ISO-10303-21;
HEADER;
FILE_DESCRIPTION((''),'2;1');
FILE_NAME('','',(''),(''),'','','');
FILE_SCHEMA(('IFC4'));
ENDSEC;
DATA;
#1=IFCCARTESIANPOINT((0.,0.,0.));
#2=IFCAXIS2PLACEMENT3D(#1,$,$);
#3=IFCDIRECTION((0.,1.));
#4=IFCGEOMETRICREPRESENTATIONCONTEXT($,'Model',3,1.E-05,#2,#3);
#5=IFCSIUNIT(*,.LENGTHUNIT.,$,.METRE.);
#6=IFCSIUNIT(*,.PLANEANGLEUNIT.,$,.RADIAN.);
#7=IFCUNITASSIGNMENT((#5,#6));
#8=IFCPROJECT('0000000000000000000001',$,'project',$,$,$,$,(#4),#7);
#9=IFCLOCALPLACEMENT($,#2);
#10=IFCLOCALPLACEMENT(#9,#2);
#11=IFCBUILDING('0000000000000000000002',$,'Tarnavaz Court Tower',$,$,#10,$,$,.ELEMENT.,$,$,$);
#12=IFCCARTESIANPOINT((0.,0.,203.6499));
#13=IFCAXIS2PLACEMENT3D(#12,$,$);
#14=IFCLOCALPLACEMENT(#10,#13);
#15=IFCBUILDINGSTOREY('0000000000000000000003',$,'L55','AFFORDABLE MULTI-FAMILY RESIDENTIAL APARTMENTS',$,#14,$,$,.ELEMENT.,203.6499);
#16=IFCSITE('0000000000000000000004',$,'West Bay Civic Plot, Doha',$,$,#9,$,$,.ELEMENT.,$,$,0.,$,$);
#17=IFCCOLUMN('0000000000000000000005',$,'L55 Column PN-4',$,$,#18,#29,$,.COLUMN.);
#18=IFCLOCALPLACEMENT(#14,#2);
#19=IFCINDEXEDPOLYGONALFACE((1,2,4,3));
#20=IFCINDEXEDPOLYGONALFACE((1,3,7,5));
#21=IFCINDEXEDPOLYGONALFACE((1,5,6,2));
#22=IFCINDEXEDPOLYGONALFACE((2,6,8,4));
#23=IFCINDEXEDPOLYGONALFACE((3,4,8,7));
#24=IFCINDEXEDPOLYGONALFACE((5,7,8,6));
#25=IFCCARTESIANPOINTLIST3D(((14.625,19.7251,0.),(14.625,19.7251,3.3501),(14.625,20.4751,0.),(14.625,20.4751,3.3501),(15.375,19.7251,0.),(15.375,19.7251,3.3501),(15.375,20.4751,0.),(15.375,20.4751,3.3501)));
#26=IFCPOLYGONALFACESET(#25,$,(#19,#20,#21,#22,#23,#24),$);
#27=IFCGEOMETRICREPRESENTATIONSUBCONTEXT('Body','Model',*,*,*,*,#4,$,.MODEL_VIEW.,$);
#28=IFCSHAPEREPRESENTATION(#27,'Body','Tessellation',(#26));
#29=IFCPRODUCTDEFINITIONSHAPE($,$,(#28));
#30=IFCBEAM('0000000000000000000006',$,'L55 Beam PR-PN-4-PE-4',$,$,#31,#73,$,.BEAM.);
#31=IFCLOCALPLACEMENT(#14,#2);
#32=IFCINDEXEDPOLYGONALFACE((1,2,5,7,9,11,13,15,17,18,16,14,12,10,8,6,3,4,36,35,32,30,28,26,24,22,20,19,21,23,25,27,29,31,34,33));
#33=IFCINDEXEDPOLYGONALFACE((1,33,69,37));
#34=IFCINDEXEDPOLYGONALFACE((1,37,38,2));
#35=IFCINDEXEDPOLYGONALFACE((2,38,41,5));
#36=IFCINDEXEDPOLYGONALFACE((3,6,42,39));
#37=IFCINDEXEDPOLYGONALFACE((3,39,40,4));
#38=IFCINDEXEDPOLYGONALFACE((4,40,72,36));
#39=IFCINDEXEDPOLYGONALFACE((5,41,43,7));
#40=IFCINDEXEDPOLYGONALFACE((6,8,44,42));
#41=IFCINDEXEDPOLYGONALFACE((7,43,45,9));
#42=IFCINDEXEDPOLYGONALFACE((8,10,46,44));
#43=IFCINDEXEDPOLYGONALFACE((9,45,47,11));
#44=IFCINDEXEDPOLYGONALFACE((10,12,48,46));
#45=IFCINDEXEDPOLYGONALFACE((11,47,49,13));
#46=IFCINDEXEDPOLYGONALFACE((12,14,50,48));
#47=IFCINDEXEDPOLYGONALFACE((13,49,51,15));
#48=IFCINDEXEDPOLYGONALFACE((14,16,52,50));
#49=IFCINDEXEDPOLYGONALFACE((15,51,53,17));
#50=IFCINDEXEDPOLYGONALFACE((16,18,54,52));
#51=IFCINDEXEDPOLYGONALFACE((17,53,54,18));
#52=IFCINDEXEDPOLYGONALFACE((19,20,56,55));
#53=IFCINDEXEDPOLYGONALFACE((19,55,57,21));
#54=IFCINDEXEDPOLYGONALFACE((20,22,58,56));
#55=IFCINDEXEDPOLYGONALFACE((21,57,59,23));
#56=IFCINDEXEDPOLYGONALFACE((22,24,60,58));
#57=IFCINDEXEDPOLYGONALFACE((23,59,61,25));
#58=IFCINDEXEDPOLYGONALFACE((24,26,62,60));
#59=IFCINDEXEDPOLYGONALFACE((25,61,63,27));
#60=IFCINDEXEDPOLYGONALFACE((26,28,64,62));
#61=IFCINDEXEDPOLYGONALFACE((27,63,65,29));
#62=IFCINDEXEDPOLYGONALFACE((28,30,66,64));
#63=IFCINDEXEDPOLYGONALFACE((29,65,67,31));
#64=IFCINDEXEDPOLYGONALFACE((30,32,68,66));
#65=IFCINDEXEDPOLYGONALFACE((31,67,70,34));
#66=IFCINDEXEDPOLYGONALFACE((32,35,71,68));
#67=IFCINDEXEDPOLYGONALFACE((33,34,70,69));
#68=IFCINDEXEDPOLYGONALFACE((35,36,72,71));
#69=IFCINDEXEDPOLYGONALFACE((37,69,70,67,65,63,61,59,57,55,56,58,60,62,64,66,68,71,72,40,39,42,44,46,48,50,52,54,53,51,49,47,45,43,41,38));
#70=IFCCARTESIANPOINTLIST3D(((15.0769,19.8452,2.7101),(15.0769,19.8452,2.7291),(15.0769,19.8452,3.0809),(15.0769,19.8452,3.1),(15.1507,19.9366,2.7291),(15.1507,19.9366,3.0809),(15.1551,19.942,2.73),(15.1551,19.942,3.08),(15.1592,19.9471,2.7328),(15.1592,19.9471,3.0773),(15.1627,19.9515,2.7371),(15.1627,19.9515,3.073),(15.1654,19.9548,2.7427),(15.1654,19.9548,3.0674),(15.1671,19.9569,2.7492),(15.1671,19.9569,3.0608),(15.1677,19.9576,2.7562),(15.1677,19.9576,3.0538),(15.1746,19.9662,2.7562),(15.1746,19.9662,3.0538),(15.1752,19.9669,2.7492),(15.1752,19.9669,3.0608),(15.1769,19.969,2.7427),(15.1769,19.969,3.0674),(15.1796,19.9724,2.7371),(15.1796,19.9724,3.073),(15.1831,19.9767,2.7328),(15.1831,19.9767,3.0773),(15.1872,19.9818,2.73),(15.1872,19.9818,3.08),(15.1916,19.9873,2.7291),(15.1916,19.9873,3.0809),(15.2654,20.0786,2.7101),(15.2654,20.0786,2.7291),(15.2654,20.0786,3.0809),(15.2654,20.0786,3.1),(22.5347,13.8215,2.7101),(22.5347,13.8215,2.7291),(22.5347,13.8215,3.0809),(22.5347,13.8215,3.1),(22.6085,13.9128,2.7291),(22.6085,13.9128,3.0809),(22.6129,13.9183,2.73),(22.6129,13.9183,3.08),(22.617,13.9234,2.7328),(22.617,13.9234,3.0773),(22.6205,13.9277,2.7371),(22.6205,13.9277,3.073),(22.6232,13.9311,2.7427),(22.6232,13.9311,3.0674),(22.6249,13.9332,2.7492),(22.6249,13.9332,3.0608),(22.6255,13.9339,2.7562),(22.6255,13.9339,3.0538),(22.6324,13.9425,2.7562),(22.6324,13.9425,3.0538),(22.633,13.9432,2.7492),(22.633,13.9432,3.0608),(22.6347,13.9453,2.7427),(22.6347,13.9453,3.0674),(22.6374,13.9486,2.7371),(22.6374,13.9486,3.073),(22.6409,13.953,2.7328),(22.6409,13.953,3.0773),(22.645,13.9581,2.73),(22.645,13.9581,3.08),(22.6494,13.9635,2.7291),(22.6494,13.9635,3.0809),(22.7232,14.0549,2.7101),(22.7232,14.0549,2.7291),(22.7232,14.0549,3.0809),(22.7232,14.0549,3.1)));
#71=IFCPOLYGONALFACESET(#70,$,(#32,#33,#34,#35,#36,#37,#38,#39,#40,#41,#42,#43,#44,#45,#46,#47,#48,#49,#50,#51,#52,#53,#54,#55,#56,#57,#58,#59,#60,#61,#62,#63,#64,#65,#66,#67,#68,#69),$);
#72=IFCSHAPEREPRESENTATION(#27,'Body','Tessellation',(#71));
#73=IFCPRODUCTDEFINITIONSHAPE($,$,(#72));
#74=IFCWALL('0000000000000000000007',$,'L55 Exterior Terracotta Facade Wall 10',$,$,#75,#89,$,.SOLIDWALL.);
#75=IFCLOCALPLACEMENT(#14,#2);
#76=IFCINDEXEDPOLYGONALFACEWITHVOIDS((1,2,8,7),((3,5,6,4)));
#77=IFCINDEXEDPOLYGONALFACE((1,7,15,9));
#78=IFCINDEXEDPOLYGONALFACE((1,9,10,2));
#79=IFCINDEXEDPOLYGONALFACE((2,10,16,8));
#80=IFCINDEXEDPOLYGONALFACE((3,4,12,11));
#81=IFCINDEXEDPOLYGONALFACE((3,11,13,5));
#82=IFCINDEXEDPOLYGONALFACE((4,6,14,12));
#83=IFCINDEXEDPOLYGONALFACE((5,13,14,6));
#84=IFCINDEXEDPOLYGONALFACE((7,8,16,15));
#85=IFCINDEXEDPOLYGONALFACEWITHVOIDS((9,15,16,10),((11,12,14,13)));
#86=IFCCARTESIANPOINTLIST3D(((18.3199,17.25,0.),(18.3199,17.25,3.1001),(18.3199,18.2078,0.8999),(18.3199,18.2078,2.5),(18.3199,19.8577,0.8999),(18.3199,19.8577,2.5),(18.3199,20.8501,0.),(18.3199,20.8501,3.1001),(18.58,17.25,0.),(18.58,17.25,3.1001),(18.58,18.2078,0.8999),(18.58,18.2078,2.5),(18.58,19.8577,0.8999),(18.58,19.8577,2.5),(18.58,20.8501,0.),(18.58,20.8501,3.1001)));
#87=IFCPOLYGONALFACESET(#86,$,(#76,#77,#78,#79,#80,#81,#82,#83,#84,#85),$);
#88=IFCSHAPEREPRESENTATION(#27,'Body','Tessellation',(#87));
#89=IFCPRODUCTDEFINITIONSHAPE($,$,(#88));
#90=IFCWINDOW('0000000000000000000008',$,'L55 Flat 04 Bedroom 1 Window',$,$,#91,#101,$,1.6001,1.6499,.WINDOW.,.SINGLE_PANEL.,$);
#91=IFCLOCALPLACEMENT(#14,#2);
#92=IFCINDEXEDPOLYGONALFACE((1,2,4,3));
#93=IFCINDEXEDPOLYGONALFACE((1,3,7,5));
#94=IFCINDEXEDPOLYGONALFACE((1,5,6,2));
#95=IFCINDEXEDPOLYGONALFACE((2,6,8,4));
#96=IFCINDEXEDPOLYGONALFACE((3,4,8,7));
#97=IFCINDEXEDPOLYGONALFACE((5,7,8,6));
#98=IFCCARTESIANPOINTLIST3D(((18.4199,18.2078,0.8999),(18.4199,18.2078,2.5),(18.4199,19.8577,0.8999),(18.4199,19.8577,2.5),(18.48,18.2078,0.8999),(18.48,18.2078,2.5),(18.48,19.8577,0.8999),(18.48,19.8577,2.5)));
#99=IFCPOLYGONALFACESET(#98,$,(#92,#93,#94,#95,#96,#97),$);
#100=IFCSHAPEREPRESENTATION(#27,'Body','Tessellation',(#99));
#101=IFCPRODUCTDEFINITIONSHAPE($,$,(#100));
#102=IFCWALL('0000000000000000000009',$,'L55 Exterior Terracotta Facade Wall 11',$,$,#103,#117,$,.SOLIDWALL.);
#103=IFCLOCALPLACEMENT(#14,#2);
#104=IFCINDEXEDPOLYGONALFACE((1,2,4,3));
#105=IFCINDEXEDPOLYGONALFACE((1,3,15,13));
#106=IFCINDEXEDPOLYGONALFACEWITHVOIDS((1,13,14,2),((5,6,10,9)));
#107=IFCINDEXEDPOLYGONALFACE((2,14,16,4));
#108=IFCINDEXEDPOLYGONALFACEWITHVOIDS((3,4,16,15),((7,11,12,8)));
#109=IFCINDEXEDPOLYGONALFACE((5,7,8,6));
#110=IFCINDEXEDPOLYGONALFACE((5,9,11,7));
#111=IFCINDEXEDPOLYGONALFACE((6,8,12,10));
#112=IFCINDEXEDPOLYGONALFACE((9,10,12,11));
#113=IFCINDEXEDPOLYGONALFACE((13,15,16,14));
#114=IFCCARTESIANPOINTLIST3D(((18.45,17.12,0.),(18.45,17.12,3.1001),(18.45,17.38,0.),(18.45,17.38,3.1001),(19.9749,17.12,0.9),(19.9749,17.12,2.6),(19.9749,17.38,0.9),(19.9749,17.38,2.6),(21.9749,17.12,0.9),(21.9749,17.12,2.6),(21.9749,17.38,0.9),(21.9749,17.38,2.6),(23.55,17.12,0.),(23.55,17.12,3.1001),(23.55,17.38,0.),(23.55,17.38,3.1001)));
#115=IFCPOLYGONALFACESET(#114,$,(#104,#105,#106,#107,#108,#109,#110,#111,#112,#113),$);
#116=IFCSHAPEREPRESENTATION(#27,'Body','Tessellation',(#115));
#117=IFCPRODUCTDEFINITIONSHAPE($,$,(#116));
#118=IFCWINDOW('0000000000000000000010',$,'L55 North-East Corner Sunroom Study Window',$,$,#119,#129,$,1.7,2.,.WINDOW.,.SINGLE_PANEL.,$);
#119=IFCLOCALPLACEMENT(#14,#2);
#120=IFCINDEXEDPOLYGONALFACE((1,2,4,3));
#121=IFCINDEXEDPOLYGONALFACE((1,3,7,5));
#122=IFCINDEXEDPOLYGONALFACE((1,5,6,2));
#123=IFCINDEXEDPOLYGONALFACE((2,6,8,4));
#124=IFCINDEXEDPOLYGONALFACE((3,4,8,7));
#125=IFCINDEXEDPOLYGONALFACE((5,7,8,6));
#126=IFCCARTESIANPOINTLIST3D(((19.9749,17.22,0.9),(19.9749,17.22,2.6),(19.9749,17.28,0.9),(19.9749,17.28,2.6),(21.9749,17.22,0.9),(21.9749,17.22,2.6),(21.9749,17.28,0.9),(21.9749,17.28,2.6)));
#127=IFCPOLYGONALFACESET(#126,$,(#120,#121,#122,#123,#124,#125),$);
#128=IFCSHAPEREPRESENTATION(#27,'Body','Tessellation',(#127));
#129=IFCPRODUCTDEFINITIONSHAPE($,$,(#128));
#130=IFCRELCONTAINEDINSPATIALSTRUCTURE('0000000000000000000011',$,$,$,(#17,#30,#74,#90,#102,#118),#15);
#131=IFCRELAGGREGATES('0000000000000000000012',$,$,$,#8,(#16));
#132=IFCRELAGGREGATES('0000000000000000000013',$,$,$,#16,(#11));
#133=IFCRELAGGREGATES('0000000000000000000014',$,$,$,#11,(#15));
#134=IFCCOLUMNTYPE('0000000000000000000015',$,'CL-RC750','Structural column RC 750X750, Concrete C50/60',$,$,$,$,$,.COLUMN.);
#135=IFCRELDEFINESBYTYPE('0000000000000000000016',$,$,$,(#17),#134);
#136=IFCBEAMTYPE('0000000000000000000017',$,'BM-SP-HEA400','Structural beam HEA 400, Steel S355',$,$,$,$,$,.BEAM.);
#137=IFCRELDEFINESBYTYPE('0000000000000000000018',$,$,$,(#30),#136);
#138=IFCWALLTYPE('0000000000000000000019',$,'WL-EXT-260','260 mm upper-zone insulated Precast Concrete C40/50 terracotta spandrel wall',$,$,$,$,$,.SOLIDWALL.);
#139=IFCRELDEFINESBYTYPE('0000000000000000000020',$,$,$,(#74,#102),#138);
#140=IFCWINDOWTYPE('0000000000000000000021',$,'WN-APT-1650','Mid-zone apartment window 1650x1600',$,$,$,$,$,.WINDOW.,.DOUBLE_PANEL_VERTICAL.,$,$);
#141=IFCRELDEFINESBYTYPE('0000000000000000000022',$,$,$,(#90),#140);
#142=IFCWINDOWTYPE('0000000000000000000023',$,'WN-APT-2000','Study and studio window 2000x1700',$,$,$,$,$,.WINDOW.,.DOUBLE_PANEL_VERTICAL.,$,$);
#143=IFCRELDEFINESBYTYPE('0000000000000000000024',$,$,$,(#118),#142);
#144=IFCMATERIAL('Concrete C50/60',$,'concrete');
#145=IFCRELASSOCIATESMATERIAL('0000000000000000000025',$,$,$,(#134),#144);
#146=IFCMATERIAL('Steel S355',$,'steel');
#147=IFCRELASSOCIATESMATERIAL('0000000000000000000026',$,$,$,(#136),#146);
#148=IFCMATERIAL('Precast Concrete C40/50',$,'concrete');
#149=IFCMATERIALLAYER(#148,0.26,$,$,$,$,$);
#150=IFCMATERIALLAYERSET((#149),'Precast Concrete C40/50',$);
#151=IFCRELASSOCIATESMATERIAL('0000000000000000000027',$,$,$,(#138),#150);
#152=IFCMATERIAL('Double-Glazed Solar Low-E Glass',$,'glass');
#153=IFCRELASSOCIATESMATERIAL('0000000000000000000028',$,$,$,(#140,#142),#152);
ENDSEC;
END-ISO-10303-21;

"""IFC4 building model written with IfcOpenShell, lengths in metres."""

from ifc_helpers import new_model, si_unit, direction, frame, frame_2d, origin, origin_2d, place, context, subcontext, project, spatial, rectangle, i_section, extrude, material, layer, layer_set, material_profile, profile_set, type_object, element, fill, save


model = new_model("IFC4")

# Units and contexts
model_context = context("Model", 3, precision=1e-05, world=origin(), true_north=direction((0.0, 1.0)))
body_context = subcontext(model_context, "Body", "Model", "MODEL_VIEW")
ifc_project = project(units=[si_unit("LENGTHUNIT", "METRE"), si_unit("PLANEANGLEUNIT", "RADIAN")], contexts=[model_context])

# Site, building, storey
site_placement = place(None, origin())
site = spatial("IfcSite", under=ifc_project, at=site_placement, Name="West Bay Civic Plot, Doha", CompositionType="ELEMENT", RefElevation=0.0)
building_placement = place(site_placement, origin())
building = spatial("IfcBuilding", under=site, at=building_placement, Name="Tarnavaz Court Tower", CompositionType="ELEMENT")
storey_placement = place(building_placement, frame((0.0, 0.0, 203.6499)))
storey = spatial("IfcBuildingStorey", under=building, at=storey_placement, Name="L55", Description="AFFORDABLE MULTI-FAMILY RESIDENTIAL APARTMENTS", CompositionType="ELEMENT", Elevation=203.6499)

# Column
ifc_material_1 = material(Name="Concrete C50/60", Category="concrete")
ifc_material_profile_1 = material_profile(ifc_material_1, rectangle(XDim=0.75, YDim=0.75, at=origin_2d()), Name="RC 750X750")
ifc_profile_set_1 = profile_set([ifc_material_profile_1], Name="Concrete C50/60")
column_type = type_object("IfcColumnType", Name="CL-RC750", Description="Structural column RC 750X750, Concrete C50/60", PredefinedType="COLUMN", material=ifc_profile_set_1)
column_placement = place(storey_placement, frame((15.0, 20.1001, 0.0), z_axis=(0.0, 0.0, 1.0), x_axis=(1.0, 0.0, 0.0)))
element("IfcColumn", 1, at=column_placement, inside=storey, type_object=column_type, Name="L55 Column PN-4", PredefinedType="COLUMN", context=body_context, shape_type="SweptSolid", body=[
    extrude(rectangle(XDim=0.75, YDim=0.75, at=origin_2d()), origin(), (0.0, 0.0, 1.0), 3.3501),
])

# Beam
ifc_material_2 = material(Name="Steel S355", Category="steel")
ifc_material_profile_2 = material_profile(ifc_material_2, i_section(OverallWidth=0.3, OverallDepth=0.3899, WebThickness=0.011, FlangeThickness=0.019, FilletRadius=0.0271, at=origin_2d()), Name="HEA 400")
ifc_profile_set_2 = profile_set([ifc_material_profile_2], Name="Steel S355")
beam_type = type_object("IfcBeamType", Name="BM-SP-HEA400", Description="Structural beam HEA 400, Steel S355", PredefinedType="BEAM", material=ifc_profile_set_2)
beam_placement = place(storey_placement, frame((15.1711, 19.9619, 2.905), z_axis=(0.777936, -0.628344, 0.0), x_axis=(0.628344, 0.777936, 0.0)))
element("IfcBeam", 2, at=beam_placement, inside=storey, type_object=beam_type, Name="L55 Beam PR-PN-4-PE-4", PredefinedType="BEAM", context=body_context, shape_type="SweptSolid", body=[
    extrude(i_section(OverallWidth=0.3, OverallDepth=0.3899, WebThickness=0.011, FlangeThickness=0.019, FilletRadius=0.0271, at=origin_2d()), origin(), (0.0, 0.0, 1.0), 9.5867),
])

# Walls, openings, windows
ifc_material_3 = material(Name="Precast Concrete C40/50", Category="concrete")
ifc_layer_1 = layer(ifc_material_3, 0.26)
ifc_layer_set_1 = layer_set([ifc_layer_1], Name="Precast Concrete C40/50")
wall_type_1 = type_object("IfcWallType", Name="WL-EXT-260", Description="260 mm upper-zone insulated Precast Concrete C40/50 terracotta spandrel wall", PredefinedType="SOLIDWALL", material=ifc_layer_set_1)
wall_1_placement = place(storey_placement, frame((18.45, 20.8501, 0.0), z_axis=(0.0, 0.0, 1.0), x_axis=(0.0, -1.0, 0.0)))
wall_1 = element("IfcWall", 3, at=wall_1_placement, inside=storey, type_object=wall_type_1, Name="L55 Exterior Terracotta Facade Wall 10", PredefinedType="SOLIDWALL", context=body_context, shape_type="SweptSolid", body=[
    extrude(rectangle(XDim=3.6001, YDim=0.26, at=frame_2d((1.8, 0.0))), origin(), (0.0, 0.0, 1.0), 3.1001),
])
opening_1_placement = place(wall_1_placement, frame((0.9924, 0.0, 0.8999)))
opening_1 = element("IfcOpeningElement", 4, at=opening_1_placement, cuts=wall_1, PredefinedType="OPENING", context=body_context, shape_type="SweptSolid", body=[
    extrude(rectangle(XDim=1.6499, YDim=1.6001, at=frame_2d((0.825, 0.8))), frame((0.0, 0.1399, 0.0), z_axis=(0.0, -1.0, 0.0), x_axis=(1.0, 0.0, 0.0)), (0.0, 0.0, 1.0), 0.28),
])
ifc_material_4 = material(Name="Double-Glazed Solar Low-E Glass", Category="glass")
window_type_1 = type_object("IfcWindowType", Name="WN-APT-1650", Description="Mid-zone apartment window 1650x1600", PartitioningType="DOUBLE_PANEL_VERTICAL", PredefinedType="WINDOW", material=ifc_material_4)
window_1_placement = place(opening_1_placement, origin())
window_1 = element("IfcWindow", 5, at=window_1_placement, inside=storey, type_object=window_type_1, Name="L55 Flat 04 Bedroom 1 Window", OverallHeight=1.6001, OverallWidth=1.6499, PartitioningType="SINGLE_PANEL", PredefinedType="WINDOW", context=body_context, shape_type="SweptSolid", body=[
    extrude(rectangle(XDim=1.6499, YDim=1.6001, at=frame_2d((0.825, 0.8))), frame((0.0, 0.03, 0.0), z_axis=(0.0, -1.0, 0.0), x_axis=(1.0, 0.0, 0.0)), (0.0, 0.0, 1.0), 0.0601),
])
fill(opening_1, window_1)
wall_2_placement = place(storey_placement, frame((18.45, 17.25, 0.0), z_axis=(0.0, 0.0, 1.0), x_axis=(1.0, 0.0, 0.0)))
wall_2 = element("IfcWall", 6, at=wall_2_placement, inside=storey, type_object=wall_type_1, Name="L55 Exterior Terracotta Facade Wall 11", PredefinedType="SOLIDWALL", context=body_context, shape_type="SweptSolid", body=[
    extrude(rectangle(XDim=5.1001, YDim=0.26, at=frame_2d((2.55, 0.0))), origin(), (0.0, 0.0, 1.0), 3.1001),
])
opening_2_placement = place(wall_2_placement, frame((1.5249, 0.0, 0.8999)))
opening_2 = element("IfcOpeningElement", 7, at=opening_2_placement, cuts=wall_2, PredefinedType="OPENING", context=body_context, shape_type="SweptSolid", body=[
    extrude(rectangle(XDim=2.0, YDim=1.7, at=frame_2d((1.0, 0.8501))), frame((0.0, 0.1399, 0.0), z_axis=(0.0, -1.0, 0.0), x_axis=(1.0, 0.0, 0.0)), (0.0, 0.0, 1.0), 0.28),
])
window_type_2 = type_object("IfcWindowType", Name="WN-APT-2000", Description="Study and studio window 2000x1700", PartitioningType="DOUBLE_PANEL_VERTICAL", PredefinedType="WINDOW", material=ifc_material_4)
window_2_placement = place(opening_2_placement, origin())
window_2 = element("IfcWindow", 8, at=window_2_placement, inside=storey, type_object=window_type_2, Name="L55 North-East Corner Sunroom Study Window", OverallHeight=1.7, OverallWidth=2.0, PartitioningType="SINGLE_PANEL", PredefinedType="WINDOW", context=body_context, shape_type="SweptSolid", body=[
    extrude(rectangle(XDim=2.0, YDim=1.7, at=frame_2d((1.0, 0.8501))), frame((0.0, 0.03, 0.0), z_axis=(0.0, -1.0, 0.0), x_axis=(1.0, 0.0, 0.0)), (0.0, 0.0, 1.0), 0.0601),
])
fill(opening_2, window_2)

save(model, "model.ifc")
